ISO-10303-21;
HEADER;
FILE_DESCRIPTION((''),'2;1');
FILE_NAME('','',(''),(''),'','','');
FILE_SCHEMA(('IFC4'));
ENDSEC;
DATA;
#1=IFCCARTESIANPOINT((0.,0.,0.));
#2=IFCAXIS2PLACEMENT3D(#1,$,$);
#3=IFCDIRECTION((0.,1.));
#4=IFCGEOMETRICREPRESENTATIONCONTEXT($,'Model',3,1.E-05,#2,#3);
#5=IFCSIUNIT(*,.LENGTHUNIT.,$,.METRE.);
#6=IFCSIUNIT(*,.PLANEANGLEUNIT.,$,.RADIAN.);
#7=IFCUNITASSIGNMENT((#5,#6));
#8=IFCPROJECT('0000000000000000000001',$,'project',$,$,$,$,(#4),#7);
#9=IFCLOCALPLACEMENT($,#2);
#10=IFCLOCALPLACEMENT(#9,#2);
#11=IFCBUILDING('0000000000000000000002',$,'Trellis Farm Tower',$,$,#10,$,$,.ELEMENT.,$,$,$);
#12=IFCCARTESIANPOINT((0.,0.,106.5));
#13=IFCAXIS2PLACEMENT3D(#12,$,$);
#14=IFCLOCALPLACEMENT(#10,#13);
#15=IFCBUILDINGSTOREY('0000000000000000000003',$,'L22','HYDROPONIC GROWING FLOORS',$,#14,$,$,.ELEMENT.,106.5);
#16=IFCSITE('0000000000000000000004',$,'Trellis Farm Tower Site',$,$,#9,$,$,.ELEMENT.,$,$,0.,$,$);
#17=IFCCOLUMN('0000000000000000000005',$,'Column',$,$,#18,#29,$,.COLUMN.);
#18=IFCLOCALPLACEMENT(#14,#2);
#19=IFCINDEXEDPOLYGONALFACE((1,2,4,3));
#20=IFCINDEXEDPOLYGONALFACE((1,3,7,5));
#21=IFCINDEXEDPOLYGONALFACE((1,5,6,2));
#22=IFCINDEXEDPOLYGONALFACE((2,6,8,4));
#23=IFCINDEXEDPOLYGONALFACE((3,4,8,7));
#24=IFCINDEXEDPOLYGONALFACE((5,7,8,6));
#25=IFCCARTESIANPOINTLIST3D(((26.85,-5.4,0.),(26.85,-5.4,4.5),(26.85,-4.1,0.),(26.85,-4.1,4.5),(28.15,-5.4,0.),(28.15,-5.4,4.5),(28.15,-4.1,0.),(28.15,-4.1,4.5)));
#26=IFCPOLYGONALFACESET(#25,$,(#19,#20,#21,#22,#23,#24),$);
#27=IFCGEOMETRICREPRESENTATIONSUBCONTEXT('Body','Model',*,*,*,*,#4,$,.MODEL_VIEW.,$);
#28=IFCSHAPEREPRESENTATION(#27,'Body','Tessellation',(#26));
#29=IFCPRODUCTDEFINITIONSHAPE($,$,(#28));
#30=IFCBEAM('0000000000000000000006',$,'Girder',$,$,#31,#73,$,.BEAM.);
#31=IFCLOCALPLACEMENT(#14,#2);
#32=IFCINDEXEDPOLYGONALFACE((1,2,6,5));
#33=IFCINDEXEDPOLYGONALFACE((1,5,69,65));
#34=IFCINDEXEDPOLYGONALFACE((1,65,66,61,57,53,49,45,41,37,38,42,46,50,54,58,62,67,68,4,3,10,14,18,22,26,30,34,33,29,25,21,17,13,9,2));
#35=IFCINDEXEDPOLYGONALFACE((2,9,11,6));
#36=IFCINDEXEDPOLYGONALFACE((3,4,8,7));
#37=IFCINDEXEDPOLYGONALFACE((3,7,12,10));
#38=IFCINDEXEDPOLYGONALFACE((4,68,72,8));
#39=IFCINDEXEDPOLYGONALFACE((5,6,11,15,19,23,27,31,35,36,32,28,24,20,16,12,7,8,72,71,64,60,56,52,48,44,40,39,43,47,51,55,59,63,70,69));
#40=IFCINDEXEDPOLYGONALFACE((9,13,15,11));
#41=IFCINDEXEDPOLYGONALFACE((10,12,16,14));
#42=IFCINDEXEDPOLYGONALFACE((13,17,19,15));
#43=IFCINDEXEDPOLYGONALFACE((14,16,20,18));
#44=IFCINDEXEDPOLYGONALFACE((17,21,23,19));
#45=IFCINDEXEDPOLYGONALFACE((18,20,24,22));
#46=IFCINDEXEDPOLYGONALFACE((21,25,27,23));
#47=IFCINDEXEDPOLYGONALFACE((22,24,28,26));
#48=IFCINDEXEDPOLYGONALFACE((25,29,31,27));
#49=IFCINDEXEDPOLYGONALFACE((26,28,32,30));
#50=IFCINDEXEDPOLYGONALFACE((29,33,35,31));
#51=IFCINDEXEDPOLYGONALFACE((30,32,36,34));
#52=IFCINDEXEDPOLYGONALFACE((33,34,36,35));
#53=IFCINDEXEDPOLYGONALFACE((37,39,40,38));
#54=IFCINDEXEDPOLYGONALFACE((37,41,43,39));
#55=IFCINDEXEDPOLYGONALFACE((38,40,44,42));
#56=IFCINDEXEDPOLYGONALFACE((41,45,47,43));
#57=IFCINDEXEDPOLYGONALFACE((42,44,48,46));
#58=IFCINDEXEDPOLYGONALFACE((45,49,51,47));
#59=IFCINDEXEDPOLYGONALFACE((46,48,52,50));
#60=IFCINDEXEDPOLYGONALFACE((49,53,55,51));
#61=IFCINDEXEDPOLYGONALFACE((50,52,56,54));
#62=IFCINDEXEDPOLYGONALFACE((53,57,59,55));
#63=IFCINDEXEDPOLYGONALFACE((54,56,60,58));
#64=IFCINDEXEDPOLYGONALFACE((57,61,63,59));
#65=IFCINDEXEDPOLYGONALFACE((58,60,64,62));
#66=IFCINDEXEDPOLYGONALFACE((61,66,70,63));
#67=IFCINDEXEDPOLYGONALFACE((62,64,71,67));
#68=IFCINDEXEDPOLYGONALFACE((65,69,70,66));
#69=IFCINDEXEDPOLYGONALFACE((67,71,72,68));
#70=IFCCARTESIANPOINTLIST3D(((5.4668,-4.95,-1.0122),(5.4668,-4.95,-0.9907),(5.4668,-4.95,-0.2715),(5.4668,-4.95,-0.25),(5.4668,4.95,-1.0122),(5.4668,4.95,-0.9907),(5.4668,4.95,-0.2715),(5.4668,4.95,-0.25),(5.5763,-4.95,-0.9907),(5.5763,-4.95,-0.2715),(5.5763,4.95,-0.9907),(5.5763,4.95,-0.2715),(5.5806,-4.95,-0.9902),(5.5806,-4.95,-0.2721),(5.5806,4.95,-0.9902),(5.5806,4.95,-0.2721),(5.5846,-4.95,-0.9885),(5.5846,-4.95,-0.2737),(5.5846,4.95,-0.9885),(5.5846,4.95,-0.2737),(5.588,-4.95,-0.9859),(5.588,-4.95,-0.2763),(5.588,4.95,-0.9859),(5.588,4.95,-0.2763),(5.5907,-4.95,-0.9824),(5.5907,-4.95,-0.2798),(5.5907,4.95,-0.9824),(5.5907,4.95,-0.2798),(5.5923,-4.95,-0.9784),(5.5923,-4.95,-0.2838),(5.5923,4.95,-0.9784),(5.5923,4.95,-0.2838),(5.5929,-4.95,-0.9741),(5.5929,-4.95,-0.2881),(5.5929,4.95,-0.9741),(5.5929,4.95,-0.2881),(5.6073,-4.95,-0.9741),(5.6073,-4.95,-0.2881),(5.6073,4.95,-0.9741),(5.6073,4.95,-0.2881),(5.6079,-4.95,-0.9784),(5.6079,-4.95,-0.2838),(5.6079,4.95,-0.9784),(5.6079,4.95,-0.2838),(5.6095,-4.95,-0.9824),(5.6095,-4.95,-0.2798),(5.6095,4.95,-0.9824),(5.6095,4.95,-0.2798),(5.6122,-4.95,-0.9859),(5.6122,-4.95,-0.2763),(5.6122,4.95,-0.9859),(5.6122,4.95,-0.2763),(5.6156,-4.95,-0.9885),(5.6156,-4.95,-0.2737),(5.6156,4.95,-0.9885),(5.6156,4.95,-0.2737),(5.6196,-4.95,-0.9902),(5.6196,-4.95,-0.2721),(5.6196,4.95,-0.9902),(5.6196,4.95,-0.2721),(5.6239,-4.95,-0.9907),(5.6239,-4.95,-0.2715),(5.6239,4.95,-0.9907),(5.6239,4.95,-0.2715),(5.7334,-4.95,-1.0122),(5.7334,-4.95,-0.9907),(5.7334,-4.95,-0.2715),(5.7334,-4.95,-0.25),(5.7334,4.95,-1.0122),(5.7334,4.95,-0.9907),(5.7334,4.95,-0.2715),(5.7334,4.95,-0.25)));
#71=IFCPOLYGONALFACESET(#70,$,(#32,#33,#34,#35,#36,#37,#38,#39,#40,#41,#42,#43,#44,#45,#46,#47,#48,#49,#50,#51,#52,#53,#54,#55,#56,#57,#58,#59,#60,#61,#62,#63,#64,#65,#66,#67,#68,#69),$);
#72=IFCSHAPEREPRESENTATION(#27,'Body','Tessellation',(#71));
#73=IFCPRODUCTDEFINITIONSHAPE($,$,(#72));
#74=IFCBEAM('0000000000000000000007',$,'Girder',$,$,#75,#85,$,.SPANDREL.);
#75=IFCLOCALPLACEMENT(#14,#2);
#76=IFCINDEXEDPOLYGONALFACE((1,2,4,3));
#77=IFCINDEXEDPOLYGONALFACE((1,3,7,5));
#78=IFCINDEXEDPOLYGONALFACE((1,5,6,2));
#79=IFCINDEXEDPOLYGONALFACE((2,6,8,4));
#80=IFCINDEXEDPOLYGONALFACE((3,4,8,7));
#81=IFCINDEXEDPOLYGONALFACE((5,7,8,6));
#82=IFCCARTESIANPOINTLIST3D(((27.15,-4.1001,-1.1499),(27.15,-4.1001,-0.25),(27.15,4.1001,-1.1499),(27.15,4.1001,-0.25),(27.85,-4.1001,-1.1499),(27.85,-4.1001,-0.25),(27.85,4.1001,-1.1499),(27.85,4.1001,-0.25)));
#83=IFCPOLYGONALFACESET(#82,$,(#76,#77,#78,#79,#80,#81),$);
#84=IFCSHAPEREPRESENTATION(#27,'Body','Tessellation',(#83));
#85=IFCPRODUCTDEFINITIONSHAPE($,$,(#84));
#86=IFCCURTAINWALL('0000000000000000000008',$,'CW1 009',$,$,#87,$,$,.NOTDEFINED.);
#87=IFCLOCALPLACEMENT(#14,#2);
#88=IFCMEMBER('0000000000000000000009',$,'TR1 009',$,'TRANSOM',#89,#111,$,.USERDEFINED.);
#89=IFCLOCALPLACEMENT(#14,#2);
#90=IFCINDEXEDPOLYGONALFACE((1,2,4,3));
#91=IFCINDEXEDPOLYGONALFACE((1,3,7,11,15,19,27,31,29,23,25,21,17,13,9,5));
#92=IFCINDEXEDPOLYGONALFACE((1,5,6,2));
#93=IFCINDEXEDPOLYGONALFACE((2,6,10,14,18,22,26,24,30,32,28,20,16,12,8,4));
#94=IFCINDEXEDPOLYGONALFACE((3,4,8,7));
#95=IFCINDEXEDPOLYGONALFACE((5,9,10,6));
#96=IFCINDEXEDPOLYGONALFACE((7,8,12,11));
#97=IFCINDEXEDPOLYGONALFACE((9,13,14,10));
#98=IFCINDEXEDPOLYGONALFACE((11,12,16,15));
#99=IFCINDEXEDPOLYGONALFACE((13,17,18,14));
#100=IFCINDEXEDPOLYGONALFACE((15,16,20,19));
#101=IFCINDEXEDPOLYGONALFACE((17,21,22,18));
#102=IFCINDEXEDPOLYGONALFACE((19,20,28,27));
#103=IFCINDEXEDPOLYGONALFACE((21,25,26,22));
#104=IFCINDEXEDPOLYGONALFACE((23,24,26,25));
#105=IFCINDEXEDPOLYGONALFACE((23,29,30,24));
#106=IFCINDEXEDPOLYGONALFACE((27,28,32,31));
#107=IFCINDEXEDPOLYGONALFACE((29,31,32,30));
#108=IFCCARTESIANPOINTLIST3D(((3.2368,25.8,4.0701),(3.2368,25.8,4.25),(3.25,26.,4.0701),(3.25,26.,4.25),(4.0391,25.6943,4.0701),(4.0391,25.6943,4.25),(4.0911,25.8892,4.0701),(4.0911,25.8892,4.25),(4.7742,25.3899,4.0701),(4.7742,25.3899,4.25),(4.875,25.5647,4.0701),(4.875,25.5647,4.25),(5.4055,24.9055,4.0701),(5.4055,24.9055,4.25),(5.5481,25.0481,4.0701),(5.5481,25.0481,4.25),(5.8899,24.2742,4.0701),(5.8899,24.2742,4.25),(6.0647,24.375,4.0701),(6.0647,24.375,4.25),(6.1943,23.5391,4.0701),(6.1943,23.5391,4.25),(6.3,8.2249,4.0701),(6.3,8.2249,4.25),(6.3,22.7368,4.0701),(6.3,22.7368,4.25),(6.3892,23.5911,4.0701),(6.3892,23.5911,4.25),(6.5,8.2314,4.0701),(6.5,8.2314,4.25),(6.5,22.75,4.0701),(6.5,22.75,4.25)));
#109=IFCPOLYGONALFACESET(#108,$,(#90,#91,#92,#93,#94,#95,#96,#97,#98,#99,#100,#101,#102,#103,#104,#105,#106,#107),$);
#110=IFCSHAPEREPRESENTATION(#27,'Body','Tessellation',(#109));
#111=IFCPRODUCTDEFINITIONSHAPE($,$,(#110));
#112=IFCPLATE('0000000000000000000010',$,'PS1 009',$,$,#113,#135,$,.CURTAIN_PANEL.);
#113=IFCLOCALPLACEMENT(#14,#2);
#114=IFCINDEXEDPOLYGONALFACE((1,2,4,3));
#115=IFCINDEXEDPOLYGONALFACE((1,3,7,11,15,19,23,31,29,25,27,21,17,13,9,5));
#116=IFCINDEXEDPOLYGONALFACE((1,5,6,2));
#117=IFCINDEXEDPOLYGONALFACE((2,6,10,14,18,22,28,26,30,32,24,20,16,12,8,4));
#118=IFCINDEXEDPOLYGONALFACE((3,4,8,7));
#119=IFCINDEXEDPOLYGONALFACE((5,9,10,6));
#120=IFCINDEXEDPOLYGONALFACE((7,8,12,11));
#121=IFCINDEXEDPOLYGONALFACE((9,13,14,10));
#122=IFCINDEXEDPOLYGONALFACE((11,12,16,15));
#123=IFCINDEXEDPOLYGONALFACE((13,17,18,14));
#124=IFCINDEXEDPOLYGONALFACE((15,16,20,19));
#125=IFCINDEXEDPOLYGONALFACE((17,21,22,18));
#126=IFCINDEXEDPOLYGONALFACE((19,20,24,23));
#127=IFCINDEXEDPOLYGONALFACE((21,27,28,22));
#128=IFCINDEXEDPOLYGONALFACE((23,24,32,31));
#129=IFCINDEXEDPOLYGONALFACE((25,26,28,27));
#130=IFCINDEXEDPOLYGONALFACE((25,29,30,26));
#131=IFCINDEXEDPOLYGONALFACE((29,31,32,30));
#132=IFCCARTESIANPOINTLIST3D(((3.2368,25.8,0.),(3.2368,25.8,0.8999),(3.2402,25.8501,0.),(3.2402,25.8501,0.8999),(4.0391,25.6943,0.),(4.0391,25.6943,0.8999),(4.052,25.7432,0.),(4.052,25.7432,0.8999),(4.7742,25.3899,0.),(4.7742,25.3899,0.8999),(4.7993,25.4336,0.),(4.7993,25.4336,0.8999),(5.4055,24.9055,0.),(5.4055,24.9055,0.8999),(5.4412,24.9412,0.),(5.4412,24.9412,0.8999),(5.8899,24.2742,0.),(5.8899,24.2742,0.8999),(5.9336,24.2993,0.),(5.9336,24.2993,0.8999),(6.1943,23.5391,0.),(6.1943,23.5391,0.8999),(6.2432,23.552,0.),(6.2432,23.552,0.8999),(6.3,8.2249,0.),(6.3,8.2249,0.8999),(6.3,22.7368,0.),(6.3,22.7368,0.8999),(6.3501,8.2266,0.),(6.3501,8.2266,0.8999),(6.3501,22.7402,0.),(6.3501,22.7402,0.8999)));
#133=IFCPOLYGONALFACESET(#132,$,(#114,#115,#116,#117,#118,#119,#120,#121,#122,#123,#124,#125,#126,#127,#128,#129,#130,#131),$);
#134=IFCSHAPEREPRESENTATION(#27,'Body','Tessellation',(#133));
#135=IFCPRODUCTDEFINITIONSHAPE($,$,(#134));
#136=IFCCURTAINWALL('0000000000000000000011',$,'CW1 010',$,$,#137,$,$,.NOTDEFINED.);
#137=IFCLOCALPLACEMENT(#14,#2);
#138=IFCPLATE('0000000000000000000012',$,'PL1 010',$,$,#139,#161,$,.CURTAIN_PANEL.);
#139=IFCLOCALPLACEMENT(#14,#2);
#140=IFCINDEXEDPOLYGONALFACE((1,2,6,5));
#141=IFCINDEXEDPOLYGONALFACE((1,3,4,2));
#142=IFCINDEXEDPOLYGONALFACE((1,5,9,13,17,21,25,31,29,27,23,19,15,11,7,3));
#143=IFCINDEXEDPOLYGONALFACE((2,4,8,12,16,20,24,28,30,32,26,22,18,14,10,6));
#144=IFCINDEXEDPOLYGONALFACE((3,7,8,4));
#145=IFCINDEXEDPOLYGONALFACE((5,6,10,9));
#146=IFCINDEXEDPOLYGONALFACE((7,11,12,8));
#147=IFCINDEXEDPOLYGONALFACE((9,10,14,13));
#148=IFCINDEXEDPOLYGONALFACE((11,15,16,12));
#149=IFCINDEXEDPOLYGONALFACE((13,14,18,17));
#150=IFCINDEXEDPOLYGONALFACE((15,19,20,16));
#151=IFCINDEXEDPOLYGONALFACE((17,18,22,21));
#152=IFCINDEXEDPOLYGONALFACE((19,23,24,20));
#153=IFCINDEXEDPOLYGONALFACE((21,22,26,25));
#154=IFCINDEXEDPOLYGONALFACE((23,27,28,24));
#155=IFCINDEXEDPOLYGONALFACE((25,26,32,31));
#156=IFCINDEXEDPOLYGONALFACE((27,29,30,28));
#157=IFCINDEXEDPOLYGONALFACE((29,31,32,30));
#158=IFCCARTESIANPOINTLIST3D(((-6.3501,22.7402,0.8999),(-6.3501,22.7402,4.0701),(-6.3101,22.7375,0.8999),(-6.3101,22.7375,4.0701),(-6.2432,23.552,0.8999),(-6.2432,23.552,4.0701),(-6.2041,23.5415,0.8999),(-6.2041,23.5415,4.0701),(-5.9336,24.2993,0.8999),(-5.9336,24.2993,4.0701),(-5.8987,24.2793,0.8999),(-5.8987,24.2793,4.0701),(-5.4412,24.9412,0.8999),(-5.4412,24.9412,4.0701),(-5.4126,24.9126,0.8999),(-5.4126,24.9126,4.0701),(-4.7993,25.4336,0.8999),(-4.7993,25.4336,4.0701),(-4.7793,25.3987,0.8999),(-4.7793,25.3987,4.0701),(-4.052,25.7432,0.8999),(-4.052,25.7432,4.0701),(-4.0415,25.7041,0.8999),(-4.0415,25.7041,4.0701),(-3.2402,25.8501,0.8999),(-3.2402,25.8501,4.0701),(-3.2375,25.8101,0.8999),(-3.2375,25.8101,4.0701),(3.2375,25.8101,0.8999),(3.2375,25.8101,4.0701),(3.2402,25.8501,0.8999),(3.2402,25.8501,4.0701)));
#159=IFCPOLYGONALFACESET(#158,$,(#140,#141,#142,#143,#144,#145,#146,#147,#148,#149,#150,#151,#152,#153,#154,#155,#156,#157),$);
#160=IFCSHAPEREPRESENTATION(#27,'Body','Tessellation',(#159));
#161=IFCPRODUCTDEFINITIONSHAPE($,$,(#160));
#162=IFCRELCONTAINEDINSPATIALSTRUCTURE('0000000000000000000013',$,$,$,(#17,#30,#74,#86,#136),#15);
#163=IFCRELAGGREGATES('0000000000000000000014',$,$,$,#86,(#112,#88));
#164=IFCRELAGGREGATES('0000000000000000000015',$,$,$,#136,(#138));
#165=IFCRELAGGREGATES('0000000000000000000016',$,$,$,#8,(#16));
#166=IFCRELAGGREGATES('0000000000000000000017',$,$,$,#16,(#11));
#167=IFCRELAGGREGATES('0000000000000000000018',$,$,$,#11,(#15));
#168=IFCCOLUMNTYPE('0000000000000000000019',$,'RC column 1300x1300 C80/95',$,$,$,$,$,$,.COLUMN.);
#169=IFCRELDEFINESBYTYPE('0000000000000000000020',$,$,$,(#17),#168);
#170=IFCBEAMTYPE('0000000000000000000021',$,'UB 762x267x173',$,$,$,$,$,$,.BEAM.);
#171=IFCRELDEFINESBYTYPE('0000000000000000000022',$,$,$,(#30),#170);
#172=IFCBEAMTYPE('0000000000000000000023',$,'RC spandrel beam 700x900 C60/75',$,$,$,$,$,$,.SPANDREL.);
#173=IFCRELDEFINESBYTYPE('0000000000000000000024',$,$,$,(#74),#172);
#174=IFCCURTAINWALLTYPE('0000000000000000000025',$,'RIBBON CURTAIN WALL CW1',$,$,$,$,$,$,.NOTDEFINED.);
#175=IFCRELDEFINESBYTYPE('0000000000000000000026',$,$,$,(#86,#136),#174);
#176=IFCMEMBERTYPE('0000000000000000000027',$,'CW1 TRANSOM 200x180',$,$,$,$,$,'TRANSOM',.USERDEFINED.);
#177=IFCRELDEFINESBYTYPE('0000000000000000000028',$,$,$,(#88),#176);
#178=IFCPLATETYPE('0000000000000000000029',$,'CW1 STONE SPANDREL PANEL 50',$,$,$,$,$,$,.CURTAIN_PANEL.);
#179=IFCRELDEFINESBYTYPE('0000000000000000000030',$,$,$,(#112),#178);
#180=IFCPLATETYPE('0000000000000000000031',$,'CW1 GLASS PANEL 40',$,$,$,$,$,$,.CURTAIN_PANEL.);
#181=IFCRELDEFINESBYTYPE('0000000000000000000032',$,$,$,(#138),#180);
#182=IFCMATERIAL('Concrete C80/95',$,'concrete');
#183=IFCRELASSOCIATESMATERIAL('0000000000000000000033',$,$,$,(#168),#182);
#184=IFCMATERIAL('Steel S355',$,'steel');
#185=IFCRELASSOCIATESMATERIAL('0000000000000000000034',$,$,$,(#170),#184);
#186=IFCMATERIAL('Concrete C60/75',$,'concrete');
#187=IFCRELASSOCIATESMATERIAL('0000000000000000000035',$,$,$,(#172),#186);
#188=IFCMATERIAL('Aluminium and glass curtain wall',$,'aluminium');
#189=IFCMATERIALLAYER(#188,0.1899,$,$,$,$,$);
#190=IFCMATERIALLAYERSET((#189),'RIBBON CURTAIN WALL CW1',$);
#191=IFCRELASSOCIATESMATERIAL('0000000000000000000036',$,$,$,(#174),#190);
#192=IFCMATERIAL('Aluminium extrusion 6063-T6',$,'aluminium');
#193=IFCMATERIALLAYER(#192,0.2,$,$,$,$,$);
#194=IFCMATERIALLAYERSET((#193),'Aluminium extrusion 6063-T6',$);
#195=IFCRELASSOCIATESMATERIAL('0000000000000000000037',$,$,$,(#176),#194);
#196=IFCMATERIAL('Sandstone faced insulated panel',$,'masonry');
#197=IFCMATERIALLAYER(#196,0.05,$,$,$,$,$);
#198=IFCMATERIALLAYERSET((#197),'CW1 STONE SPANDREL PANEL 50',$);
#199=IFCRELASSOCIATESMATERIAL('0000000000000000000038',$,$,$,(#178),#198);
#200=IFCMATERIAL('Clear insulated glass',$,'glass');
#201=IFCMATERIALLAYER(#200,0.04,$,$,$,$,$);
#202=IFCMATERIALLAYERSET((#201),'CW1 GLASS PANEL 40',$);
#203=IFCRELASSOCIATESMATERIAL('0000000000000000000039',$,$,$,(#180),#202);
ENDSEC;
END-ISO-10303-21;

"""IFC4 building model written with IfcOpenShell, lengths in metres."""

from ifc_helpers import new_model, si_unit, direction, frame, origin, origin_2d, place, context, subcontext, project, spatial, polyline, rectangle, i_section, outline, extrude, source, transform, mapped, material, layer, layer_set, material_profile, profile_set, type_object, element, aggregate, save


model = new_model("IFC4")

# Units and contexts
model_context = context("Model", 3, precision=1e-05, world=origin(), true_north=direction((0.0, 1.0)))
body_context = subcontext(model_context, "Body", "Model", "MODEL_VIEW")
ifc_project = project(units=[si_unit("LENGTHUNIT", "METRE"), si_unit("PLANEANGLEUNIT", "RADIAN")], contexts=[model_context])

# Site, building, storey
site_placement = place(None, origin())
site = spatial("IfcSite", under=ifc_project, at=site_placement, Name="Trellis Farm Tower Site", CompositionType="ELEMENT", RefElevation=0.0)
building_placement = place(site_placement, origin())
building = spatial("IfcBuilding", under=site, at=building_placement, Name="Trellis Farm Tower", CompositionType="ELEMENT")
storey_placement = place(building_placement, frame((0.0, 0.0, 106.5)))
storey = spatial("IfcBuildingStorey", under=building, at=storey_placement, Name="L22", Description="HYDROPONIC GROWING FLOORS", CompositionType="ELEMENT", Elevation=106.5)

# Column
ifc_material_1 = material(Name="Concrete C80/95", Category="concrete")
ifc_material_profile_1 = material_profile(ifc_material_1, rectangle(XDim=1.3, YDim=1.3, at=origin_2d()), Name="RC column 1300x1300 C80/95")
ifc_profile_set_1 = profile_set([ifc_material_profile_1], Name="Concrete C80/95")
column_type = type_object("IfcColumnType", Name="RC column 1300x1300 C80/95", PredefinedType="COLUMN", material=ifc_profile_set_1)
shared_shape_1 = source(origin(), body_context, "Body", "SweptSolid", [
    extrude(rectangle(XDim=1.3, YDim=1.3, at=origin_2d()), origin(), (0.0, 0.0, 1.0), 4.5),
])
column_placement = place(storey_placement, frame((27.5, -4.75, 0.0), z_axis=(0.0, 0.0, 1.0), x_axis=(1.0, 0.0, 0.0)))
element("IfcColumn", 1, at=column_placement, inside=storey, type_object=column_type, Name="Column", PredefinedType="COLUMN", context=body_context, shape_type="MappedRepresentation", body=[
    mapped(shared_shape_1, transform((0.0, 0.0, 0.0))),
])

# Beams
ifc_material_2 = material(Name="Steel S355", Category="steel")
ifc_material_profile_2 = material_profile(ifc_material_2, i_section(OverallWidth=0.2666, OverallDepth=0.7622, WebThickness=0.0144, FlangeThickness=0.0215, FilletRadius=0.0166, at=origin_2d()), Name="UB 762x267x173")
ifc_profile_set_2 = profile_set([ifc_material_profile_2], Name="Steel S355")
beam_type_1 = type_object("IfcBeamType", Name="UB 762x267x173", PredefinedType="BEAM", material=ifc_profile_set_2)
shared_shape_2 = source(origin(), body_context, "Body", "SweptSolid", [
    extrude(i_section(OverallWidth=0.2666, OverallDepth=0.7622, WebThickness=0.0144, FlangeThickness=0.0215, FilletRadius=0.0166, at=origin_2d()), origin(), (0.0, 0.0, 1.0), 9.8999),
])
beam_1_placement = place(storey_placement, frame((5.6001, -4.95, -0.6311), z_axis=(0.0, 1.0, 0.0), x_axis=(-1.0, 0.0, 0.0)))
element("IfcBeam", 2, at=beam_1_placement, inside=storey, type_object=beam_type_1, Name="Girder", PredefinedType="BEAM", context=body_context, shape_type="MappedRepresentation", body=[
    mapped(shared_shape_2, transform((0.0, 0.0, 0.0))),
])
ifc_material_3 = material(Name="Concrete C60/75", Category="concrete")
ifc_material_profile_3 = material_profile(ifc_material_3, rectangle(XDim=0.7, YDim=0.8999, at=origin_2d()), Name="RC spandrel beam 700x900 C60/75")
ifc_profile_set_3 = profile_set([ifc_material_profile_3], Name="Concrete C60/75")
beam_type_2 = type_object("IfcBeamType", Name="RC spandrel beam 700x900 C60/75", PredefinedType="SPANDREL", material=ifc_profile_set_3)
shared_shape_3 = source(origin(), body_context, "Body", "SweptSolid", [
    extrude(rectangle(XDim=0.7, YDim=0.8999, at=origin_2d()), origin(), (0.0, 0.0, 1.0), 8.2002),
])
beam_2_placement = place(storey_placement, frame((27.5, -4.1001, -0.7), z_axis=(0.0, 1.0, 0.0), x_axis=(-1.0, 0.0, 0.0)))
element("IfcBeam", 3, at=beam_2_placement, inside=storey, type_object=beam_type_2, Name="Girder", PredefinedType="SPANDREL", context=body_context, shape_type="MappedRepresentation", body=[
    mapped(shared_shape_3, transform((0.0, 0.0, 0.0))),
])

# Curtain wall, member, plate
ifc_material_4 = material(Name="Aluminium and glass curtain wall", Category="aluminium")
ifc_layer_1 = layer(ifc_material_4, 0.1899)
ifc_layer_set_1 = layer_set([ifc_layer_1], Name="RIBBON CURTAIN WALL CW1")
curtain_wall_type = type_object("IfcCurtainWallType", Name="RIBBON CURTAIN WALL CW1", PredefinedType="NOTDEFINED", material=ifc_layer_set_1)
placement = place(storey_placement, origin())
curtain_wall_1 = element("IfcCurtainWall", 4, at=placement, inside=storey, type_object=curtain_wall_type, Name="CW1 009", PredefinedType="NOTDEFINED")
ifc_material_5 = material(Name="Aluminium extrusion 6063-T6", Category="aluminium")
ifc_layer_2 = layer(ifc_material_5, 0.2)
ifc_layer_set_2 = layer_set([ifc_layer_2], Name="Aluminium extrusion 6063-T6")
member_type = type_object("IfcMemberType", Name="CW1 TRANSOM 200x180", ElementType="TRANSOM", PredefinedType="USERDEFINED", material=ifc_layer_set_2)
shared_shape_4 = source(origin(), body_context, "Body", "SweptSolid", [
    extrude(outline(polyline([(6.5, 8.2314), (6.5, 22.75), (6.3892, 23.5911), (6.0647, 24.375), (5.5481, 25.0481), (4.875, 25.5647), (4.0911, 25.8892), (3.25, 26.0), (3.2368, 25.8), (4.0391, 25.6943), (4.7742, 25.3899), (5.4055, 24.9055), (5.8899, 24.2742), (6.1943, 23.5391), (6.3, 22.7368), (6.3, 8.2249), (6.5, 8.2314)])), origin(), (0.0, 0.0, 1.0), 0.1799),
])
member_placement = place(storey_placement, frame((0.0, 0.0, 4.0701)))
member = element("IfcMember", 5, at=member_placement, type_object=member_type, Name="TR1 009", ObjectType="TRANSOM", PredefinedType="USERDEFINED", context=body_context, shape_type="MappedRepresentation", body=[
    mapped(shared_shape_4, transform((0.0, 0.0, 0.0))),
])
ifc_material_6 = material(Name="Sandstone faced insulated panel", Category="masonry")
ifc_layer_3 = layer(ifc_material_6, 0.05)
ifc_layer_set_3 = layer_set([ifc_layer_3], Name="CW1 STONE SPANDREL PANEL 50")
plate_type_1 = type_object("IfcPlateType", Name="CW1 STONE SPANDREL PANEL 50", PredefinedType="CURTAIN_PANEL", material=ifc_layer_set_3)
shared_shape_5 = source(origin(), body_context, "Body", "SweptSolid", [
    extrude(outline(polyline([(6.3501, 8.2266), (6.3501, 22.7402), (6.2432, 23.552), (5.9336, 24.2993), (5.4412, 24.9412), (4.7993, 25.4336), (4.052, 25.7432), (3.2402, 25.8501), (3.2368, 25.8), (4.0391, 25.6943), (4.7742, 25.3899), (5.4055, 24.9055), (5.8899, 24.2742), (6.1943, 23.5391), (6.3, 22.7368), (6.3, 8.2249), (6.3501, 8.2266)])), origin(), (0.0, 0.0, 1.0), 0.8999),
])
plate_1 = element("IfcPlate", 6, at=placement, type_object=plate_type_1, Name="PS1 009", PredefinedType="CURTAIN_PANEL", context=body_context, shape_type="MappedRepresentation", body=[
    mapped(shared_shape_5, transform((0.0, 0.0, 0.0))),
])
aggregate(curtain_wall_1, [plate_1, member])

# Curtain wall, plate
curtain_wall_2 = element("IfcCurtainWall", 7, at=placement, inside=storey, type_object=curtain_wall_type, Name="CW1 010", PredefinedType="NOTDEFINED")
ifc_material_7 = material(Name="Clear insulated glass", Category="glass")
ifc_layer_4 = layer(ifc_material_7, 0.04)
ifc_layer_set_4 = layer_set([ifc_layer_4], Name="CW1 GLASS PANEL 40")
plate_type_2 = type_object("IfcPlateType", Name="CW1 GLASS PANEL 40", PredefinedType="CURTAIN_PANEL", material=ifc_layer_set_4)
shared_shape_6 = source(origin(), body_context, "Body", "SweptSolid", [
    extrude(outline(polyline([(3.2402, 25.8501), (-3.2402, 25.8501), (-4.052, 25.7432), (-4.7993, 25.4336), (-5.4412, 24.9412), (-5.9336, 24.2993), (-6.2432, 23.552), (-6.3501, 22.7402), (-6.3101, 22.7375), (-6.2041, 23.5415), (-5.8987, 24.2793), (-5.4126, 24.9126), (-4.7793, 25.3987), (-4.0415, 25.7041), (-3.2375, 25.8101), (3.2375, 25.8101), (3.2402, 25.8501)])), origin(), (0.0, 0.0, 1.0), 3.1702),
])
plate_2_placement = place(storey_placement, frame((0.0, 0.0, 0.8999)))
plate_2 = element("IfcPlate", 8, at=plate_2_placement, type_object=plate_type_2, Name="PL1 010", PredefinedType="CURTAIN_PANEL", context=body_context, shape_type="MappedRepresentation", body=[
    mapped(shared_shape_6, transform((0.0, 0.0, 0.0))),
])
aggregate(curtain_wall_2, [plate_2])

save(model, "model.ifc")
